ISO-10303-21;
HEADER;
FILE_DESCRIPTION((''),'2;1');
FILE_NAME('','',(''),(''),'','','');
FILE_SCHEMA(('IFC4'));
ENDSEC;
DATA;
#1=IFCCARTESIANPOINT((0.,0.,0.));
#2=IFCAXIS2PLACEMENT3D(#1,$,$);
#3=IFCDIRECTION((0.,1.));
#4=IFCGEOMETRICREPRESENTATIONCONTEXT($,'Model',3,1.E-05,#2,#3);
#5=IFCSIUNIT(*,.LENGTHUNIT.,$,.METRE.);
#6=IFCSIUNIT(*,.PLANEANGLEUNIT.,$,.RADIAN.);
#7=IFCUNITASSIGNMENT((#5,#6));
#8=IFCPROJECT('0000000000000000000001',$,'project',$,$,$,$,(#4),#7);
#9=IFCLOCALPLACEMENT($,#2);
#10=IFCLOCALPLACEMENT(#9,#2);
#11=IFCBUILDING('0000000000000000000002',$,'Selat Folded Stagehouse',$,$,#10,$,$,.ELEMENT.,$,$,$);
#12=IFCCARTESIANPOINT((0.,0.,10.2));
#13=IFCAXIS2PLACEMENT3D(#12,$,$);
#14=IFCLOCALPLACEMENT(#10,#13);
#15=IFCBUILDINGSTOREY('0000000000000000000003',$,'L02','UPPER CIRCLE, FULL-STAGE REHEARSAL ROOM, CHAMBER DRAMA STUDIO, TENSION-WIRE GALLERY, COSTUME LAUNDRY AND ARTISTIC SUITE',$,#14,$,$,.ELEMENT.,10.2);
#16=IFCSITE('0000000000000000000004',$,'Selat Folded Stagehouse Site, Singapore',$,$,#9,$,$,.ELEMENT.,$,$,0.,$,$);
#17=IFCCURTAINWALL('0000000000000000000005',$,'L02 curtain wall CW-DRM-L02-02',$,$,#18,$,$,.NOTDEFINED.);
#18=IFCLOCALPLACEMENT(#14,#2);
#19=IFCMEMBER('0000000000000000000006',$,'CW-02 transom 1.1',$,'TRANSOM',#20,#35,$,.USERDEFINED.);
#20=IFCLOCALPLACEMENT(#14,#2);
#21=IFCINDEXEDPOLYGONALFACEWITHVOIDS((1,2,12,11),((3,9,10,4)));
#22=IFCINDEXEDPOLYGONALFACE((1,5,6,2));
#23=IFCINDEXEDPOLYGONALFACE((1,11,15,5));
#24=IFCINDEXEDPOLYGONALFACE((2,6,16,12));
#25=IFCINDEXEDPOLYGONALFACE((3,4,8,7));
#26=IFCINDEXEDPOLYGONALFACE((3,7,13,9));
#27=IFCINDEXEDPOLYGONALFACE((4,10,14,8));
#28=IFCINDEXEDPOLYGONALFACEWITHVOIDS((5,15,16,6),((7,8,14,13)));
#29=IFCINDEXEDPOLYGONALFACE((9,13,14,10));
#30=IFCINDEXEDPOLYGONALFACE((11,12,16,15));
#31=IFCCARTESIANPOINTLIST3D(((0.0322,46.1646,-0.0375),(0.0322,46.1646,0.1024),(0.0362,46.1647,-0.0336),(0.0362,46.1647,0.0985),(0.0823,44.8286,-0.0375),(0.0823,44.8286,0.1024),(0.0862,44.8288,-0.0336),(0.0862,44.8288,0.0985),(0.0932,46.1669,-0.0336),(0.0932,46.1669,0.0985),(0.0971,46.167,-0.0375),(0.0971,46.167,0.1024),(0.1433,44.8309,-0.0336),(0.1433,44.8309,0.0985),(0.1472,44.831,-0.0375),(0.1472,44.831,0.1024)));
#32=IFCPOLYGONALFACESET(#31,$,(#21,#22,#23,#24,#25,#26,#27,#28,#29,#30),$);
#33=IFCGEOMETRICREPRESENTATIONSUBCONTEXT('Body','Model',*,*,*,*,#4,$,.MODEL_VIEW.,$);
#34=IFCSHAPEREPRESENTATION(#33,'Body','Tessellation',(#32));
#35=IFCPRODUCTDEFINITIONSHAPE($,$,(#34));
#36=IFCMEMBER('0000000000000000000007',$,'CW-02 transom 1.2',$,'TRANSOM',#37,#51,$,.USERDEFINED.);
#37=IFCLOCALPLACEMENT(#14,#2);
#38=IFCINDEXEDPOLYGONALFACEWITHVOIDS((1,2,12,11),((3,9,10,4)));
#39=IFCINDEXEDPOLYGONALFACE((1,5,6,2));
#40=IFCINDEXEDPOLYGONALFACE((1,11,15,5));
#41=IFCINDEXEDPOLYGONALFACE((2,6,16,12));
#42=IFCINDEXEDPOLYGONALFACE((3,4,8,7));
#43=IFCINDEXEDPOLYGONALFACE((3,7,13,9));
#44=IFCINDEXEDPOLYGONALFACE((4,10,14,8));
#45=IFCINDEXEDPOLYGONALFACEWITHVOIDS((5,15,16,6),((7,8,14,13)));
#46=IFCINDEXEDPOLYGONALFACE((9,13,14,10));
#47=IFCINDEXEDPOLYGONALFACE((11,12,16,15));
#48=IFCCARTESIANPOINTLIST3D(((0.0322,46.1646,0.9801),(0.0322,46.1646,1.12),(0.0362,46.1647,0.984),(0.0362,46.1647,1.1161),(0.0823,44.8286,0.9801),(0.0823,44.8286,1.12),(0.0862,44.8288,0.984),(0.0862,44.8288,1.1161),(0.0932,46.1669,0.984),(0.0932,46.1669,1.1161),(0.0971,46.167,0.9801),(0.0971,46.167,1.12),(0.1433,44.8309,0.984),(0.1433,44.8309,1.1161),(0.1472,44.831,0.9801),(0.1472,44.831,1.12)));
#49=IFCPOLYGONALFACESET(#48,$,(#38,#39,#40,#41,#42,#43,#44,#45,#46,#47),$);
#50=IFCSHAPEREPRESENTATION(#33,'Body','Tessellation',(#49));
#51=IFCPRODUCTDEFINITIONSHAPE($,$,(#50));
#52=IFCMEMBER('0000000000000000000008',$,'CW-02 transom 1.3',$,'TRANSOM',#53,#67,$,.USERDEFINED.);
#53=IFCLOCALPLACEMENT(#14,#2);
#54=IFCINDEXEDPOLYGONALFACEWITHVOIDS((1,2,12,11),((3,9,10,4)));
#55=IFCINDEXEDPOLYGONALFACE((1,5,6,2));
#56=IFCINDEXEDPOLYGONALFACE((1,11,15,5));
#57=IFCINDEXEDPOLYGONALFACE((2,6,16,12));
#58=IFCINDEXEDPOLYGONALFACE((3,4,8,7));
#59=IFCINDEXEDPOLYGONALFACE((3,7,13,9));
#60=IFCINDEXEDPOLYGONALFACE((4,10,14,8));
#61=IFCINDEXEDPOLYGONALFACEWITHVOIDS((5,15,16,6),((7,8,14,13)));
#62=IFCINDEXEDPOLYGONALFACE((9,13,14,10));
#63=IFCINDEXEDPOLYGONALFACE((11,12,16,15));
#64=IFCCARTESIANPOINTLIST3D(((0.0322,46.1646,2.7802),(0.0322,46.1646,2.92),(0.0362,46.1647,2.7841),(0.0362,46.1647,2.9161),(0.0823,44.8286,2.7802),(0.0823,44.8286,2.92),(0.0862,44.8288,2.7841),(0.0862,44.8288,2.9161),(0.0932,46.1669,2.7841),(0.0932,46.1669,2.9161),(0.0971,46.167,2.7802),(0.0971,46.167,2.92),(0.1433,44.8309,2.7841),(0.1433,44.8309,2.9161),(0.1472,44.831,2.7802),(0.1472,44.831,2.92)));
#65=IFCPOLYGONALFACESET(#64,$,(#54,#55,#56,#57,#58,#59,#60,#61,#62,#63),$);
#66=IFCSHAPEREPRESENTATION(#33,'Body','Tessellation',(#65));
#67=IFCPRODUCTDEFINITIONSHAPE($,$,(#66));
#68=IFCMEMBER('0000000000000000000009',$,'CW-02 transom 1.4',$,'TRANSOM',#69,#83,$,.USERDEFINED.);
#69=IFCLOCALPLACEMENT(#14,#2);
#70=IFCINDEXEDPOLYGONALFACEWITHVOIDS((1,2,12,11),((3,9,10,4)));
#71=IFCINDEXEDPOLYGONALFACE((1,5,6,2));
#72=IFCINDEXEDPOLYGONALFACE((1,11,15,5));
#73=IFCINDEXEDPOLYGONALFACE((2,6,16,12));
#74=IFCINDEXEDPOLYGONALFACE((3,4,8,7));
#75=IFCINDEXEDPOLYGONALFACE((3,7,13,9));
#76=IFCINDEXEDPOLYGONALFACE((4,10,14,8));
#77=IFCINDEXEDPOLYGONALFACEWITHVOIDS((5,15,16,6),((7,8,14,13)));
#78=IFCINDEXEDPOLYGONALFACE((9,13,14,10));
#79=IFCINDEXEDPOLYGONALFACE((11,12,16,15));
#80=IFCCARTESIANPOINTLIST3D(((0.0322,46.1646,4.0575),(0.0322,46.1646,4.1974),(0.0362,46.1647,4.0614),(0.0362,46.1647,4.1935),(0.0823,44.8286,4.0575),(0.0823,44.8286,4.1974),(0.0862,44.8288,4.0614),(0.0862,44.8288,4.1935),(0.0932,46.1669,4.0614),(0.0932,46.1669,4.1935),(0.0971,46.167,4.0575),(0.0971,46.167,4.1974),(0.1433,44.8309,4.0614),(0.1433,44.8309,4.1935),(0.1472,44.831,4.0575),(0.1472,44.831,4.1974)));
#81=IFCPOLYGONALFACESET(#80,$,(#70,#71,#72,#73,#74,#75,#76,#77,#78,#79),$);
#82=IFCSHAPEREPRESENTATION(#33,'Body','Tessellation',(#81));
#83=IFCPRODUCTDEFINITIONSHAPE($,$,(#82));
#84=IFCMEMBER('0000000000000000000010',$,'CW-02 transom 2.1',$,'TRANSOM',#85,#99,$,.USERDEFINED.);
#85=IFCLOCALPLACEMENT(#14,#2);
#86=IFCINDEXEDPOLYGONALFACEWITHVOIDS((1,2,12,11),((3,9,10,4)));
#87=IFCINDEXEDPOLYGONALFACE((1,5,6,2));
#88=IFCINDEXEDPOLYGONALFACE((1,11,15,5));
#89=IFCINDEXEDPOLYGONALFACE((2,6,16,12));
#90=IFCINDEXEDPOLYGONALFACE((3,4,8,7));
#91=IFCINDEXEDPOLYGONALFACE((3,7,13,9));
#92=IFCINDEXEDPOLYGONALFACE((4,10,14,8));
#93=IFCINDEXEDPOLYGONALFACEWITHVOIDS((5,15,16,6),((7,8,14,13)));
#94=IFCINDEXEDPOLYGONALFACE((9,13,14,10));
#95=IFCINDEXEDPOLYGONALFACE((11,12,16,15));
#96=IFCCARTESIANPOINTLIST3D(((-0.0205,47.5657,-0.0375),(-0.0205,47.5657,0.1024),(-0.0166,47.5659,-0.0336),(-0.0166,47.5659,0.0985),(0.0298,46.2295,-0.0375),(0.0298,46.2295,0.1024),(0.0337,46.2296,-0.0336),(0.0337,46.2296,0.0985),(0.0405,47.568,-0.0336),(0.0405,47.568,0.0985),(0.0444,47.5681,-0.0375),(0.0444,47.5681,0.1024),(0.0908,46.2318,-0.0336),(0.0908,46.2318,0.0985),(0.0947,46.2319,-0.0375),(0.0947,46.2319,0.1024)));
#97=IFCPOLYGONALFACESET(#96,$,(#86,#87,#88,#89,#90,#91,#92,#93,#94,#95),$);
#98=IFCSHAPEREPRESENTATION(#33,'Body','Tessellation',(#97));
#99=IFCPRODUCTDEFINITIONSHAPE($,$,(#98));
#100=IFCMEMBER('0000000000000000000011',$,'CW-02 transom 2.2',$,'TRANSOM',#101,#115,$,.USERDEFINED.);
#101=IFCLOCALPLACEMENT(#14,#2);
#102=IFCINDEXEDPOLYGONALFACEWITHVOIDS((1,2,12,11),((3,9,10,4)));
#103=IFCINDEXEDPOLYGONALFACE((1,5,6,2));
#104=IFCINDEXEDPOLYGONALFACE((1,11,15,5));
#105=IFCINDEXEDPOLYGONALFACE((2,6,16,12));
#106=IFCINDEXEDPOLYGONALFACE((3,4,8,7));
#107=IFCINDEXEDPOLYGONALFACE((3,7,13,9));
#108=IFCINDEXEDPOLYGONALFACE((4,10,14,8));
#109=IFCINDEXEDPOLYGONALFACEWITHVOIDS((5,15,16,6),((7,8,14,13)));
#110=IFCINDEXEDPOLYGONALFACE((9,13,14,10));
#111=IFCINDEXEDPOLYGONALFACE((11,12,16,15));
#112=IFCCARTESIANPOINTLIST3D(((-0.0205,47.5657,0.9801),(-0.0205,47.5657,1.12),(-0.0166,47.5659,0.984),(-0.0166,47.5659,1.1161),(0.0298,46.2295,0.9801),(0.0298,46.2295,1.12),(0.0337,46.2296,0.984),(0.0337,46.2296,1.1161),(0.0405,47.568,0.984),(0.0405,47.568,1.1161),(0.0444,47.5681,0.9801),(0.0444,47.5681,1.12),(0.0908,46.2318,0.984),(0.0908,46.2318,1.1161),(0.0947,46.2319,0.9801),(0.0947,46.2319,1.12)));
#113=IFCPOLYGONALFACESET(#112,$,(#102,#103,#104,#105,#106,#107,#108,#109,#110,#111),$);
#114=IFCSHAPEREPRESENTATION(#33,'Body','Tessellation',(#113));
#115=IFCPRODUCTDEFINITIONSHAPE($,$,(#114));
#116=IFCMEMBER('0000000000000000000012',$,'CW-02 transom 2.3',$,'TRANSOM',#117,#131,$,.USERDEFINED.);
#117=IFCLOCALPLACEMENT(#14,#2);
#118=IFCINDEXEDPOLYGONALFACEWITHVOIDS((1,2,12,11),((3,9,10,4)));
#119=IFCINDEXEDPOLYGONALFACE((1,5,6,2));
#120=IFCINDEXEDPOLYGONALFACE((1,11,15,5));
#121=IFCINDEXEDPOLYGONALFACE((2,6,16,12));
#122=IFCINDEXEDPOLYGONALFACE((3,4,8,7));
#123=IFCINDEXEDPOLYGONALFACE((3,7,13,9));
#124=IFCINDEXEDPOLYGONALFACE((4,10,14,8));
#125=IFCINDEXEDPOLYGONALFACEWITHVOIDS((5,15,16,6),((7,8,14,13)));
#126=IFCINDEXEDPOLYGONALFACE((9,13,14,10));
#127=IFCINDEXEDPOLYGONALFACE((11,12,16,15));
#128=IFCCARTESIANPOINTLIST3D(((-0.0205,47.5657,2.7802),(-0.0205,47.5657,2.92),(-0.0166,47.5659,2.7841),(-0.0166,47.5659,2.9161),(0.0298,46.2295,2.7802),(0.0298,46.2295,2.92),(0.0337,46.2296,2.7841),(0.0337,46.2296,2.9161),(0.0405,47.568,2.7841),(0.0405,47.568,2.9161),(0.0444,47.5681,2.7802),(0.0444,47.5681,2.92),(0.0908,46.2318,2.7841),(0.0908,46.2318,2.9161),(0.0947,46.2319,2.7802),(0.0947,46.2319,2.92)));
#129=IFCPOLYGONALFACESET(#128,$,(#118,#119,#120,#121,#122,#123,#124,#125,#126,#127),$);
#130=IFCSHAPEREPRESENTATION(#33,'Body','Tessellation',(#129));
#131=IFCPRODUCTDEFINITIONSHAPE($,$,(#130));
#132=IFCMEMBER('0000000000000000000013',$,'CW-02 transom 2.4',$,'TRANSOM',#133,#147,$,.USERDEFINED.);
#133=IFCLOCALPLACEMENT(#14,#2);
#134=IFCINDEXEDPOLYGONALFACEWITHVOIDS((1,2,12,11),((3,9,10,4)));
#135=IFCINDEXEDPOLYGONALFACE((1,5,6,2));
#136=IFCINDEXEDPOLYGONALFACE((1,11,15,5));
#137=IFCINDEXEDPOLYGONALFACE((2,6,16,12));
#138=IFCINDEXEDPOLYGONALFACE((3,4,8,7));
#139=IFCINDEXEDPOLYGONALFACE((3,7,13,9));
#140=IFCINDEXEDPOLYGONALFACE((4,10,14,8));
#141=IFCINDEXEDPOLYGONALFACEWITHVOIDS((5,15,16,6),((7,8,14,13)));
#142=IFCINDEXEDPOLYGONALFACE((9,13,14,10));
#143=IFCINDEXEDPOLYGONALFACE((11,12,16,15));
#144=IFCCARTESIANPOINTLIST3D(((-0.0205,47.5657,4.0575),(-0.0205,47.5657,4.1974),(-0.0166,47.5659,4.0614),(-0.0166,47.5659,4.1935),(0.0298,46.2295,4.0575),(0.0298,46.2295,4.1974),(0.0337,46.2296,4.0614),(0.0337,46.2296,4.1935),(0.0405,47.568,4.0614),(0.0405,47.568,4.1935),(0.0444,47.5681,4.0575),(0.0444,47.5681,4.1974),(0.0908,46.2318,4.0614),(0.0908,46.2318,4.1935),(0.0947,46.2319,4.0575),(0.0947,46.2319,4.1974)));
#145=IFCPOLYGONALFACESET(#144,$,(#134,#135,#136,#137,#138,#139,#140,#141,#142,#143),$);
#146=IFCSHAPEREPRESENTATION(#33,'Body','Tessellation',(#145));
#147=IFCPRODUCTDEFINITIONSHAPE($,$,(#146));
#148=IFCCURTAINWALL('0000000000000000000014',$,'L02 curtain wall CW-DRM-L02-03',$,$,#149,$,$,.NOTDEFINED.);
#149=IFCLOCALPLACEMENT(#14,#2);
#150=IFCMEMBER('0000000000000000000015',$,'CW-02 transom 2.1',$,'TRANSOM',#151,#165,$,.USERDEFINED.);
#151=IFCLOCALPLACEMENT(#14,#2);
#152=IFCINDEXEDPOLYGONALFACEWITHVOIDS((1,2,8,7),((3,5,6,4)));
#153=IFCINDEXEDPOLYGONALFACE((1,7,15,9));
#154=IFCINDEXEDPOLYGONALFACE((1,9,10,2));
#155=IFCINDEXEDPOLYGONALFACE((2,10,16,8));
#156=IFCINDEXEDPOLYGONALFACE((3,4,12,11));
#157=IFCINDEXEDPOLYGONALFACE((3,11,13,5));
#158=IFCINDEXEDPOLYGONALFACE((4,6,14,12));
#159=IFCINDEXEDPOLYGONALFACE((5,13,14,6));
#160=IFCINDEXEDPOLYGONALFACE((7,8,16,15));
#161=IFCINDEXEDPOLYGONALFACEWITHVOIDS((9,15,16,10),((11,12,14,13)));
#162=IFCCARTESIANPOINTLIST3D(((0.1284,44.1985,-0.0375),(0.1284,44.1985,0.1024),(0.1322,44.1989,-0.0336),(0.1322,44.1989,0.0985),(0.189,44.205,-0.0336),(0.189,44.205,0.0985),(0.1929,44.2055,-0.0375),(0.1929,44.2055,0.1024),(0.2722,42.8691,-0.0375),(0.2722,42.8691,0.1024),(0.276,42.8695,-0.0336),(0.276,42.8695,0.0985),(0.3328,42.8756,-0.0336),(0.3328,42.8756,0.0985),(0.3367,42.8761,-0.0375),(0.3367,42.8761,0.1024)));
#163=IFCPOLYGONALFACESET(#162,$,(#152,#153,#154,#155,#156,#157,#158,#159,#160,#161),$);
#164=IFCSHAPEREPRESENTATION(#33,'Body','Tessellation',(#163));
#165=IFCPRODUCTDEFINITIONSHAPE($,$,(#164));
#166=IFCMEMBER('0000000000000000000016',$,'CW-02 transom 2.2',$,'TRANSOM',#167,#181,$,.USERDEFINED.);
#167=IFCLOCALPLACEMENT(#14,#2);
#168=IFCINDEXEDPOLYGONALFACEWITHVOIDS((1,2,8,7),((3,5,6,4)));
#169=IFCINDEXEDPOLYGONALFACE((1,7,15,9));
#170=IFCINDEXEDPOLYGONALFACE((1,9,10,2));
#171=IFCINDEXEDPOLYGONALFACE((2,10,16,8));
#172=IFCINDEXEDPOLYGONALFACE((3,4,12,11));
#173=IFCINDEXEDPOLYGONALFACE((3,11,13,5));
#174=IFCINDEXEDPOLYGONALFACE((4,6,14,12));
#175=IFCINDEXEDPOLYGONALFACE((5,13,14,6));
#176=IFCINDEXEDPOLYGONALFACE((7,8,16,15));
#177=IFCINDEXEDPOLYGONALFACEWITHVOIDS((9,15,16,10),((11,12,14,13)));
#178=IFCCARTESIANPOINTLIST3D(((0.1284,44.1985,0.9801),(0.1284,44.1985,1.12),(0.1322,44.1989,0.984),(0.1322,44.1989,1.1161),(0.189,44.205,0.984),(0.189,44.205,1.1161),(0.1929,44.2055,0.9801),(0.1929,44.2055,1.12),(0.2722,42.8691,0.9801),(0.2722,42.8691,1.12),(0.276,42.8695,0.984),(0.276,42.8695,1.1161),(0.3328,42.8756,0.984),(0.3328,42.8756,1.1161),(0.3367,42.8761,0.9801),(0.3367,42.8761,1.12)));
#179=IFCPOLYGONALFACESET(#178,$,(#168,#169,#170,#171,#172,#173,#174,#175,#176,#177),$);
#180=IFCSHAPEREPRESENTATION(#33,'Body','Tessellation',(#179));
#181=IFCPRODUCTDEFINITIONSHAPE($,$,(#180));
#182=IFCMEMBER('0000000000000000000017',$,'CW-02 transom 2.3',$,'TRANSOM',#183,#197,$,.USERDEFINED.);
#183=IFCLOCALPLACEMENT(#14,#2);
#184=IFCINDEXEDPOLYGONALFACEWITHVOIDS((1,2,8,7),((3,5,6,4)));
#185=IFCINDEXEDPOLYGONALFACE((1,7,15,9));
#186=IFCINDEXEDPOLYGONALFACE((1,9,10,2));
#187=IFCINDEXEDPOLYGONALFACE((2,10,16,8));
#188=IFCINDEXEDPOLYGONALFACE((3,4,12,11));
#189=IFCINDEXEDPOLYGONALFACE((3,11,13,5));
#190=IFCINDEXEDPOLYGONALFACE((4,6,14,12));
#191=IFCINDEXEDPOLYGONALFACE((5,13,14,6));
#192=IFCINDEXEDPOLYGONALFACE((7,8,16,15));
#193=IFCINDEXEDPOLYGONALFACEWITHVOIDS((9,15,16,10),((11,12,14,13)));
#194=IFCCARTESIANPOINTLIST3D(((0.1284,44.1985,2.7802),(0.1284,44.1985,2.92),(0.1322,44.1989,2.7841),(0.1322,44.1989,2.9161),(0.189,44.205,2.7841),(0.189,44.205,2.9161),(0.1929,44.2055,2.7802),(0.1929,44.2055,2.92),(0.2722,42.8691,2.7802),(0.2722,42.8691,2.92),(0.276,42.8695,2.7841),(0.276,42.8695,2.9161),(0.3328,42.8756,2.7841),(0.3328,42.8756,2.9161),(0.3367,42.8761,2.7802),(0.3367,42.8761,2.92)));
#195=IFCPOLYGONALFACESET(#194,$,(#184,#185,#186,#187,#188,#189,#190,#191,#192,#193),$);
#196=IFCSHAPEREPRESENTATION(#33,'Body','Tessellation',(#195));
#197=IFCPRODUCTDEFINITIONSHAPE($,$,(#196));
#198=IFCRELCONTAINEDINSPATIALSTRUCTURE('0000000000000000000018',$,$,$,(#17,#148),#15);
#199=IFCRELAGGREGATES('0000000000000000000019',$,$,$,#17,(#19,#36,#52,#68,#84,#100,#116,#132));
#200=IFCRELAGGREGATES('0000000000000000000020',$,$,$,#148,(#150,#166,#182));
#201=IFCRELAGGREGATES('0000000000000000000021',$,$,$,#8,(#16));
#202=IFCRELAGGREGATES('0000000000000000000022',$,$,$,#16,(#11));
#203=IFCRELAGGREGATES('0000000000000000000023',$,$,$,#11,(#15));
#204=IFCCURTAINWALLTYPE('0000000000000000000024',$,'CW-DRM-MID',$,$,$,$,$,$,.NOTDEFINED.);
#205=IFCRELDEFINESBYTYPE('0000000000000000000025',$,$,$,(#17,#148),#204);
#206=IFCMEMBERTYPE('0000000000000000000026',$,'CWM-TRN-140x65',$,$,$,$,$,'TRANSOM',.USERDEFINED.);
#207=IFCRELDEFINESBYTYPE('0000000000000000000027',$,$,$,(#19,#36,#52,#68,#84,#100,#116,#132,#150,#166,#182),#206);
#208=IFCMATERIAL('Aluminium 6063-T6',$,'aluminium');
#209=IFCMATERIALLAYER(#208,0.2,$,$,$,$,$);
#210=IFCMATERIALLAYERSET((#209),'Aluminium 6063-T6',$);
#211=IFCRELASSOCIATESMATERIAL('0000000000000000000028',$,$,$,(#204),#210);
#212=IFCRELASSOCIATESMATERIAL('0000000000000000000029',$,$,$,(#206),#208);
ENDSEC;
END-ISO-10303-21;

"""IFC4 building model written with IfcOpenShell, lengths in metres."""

from ifc_helpers import new_model, si_unit, direction, frame, origin, origin_2d, place, context, subcontext, project, spatial, hollow_rectangle, extrude, material, layer, layer_set, material_profile, profile_set, type_object, element, aggregate, save


model = new_model("IFC4")

# Units and contexts
model_context = context("Model", 3, precision=1e-05, world=origin(), true_north=direction((0.0, 1.0)))
body_context = subcontext(model_context, "Body", "Model", "MODEL_VIEW")
ifc_project = project(units=[si_unit("LENGTHUNIT", "METRE"), si_unit("PLANEANGLEUNIT", "RADIAN")], contexts=[model_context])

# Site, building, storey
site_placement = place(None, origin())
site = spatial("IfcSite", under=ifc_project, at=site_placement, Name="Selat Folded Stagehouse Site, Singapore", CompositionType="ELEMENT", RefElevation=0.0)
building_placement = place(site_placement, origin())
building = spatial("IfcBuilding", under=site, at=building_placement, Name="Selat Folded Stagehouse", CompositionType="ELEMENT")
storey_placement = place(building_placement, frame((0.0, 0.0, 10.2)))
storey = spatial("IfcBuildingStorey", under=building, at=storey_placement, Name="L02", Description="UPPER CIRCLE, FULL-STAGE REHEARSAL ROOM, CHAMBER DRAMA STUDIO, TENSION-WIRE GALLERY, COSTUME LAUNDRY AND ARTISTIC SUITE", CompositionType="ELEMENT", Elevation=10.2)

# Curtain walls, members
ifc_material_1 = material(Name="Aluminium 6063-T6", Category="aluminium")
ifc_layer_1 = layer(ifc_material_1, 0.2)
ifc_layer_set_1 = layer_set([ifc_layer_1], Name="Aluminium 6063-T6")
curtain_wall_type = type_object("IfcCurtainWallType", Name="CW-DRM-MID", PredefinedType="NOTDEFINED", material=ifc_layer_set_1)
curtain_wall_1_placement = place(storey_placement, origin())
curtain_wall_1 = element("IfcCurtainWall", 1, at=curtain_wall_1_placement, inside=storey, type_object=curtain_wall_type, Name="L02 curtain wall CW-DRM-L02-02", PredefinedType="NOTDEFINED")
ifc_material_profile_1 = material_profile(ifc_material_1, hollow_rectangle(XDim=0.0649, YDim=0.1399, WallThickness=0.0039, at=origin_2d()), Name="ALU 140x65x4.0")
ifc_profile_set_1 = profile_set([ifc_material_profile_1], Name="Aluminium 6063-T6")
member_type = type_object("IfcMemberType", Name="CWM-TRN-140x65", ElementType="TRANSOM", PredefinedType="USERDEFINED", material=ifc_profile_set_1)
member_1_placement = place(storey_placement, frame((0.1147, 44.8298, 0.0325), z_axis=(-0.037437, 0.999299, 0.0), x_axis=(-0.999299, -0.037437, 0.0)))
member_1 = element("IfcMember", 2, at=member_1_placement, type_object=member_type, Name="CW-02 transom 1.1", ObjectType="TRANSOM", PredefinedType="USERDEFINED", context=body_context, shape_type="SweptSolid", body=[
    extrude(hollow_rectangle(XDim=0.0649, YDim=0.1399, WallThickness=0.0039, at=origin_2d()), origin(), (0.0, 0.0, 1.0), 1.3369),
])
member_2_placement = place(storey_placement, frame((0.1147, 44.8298, 1.05), z_axis=(-0.037437, 0.999299, 0.0), x_axis=(-0.999299, -0.037437, 0.0)))
member_2 = element("IfcMember", 3, at=member_2_placement, type_object=member_type, Name="CW-02 transom 1.2", ObjectType="TRANSOM", PredefinedType="USERDEFINED", context=body_context, shape_type="SweptSolid", body=[
    extrude(hollow_rectangle(XDim=0.0649, YDim=0.1399, WallThickness=0.0039, at=origin_2d()), origin(), (0.0, 0.0, 1.0), 1.3369),
])
member_3_placement = place(storey_placement, frame((0.1147, 44.8298, 2.8501), z_axis=(-0.037437, 0.999299, 0.0), x_axis=(-0.999299, -0.037437, 0.0)))
member_3 = element("IfcMember", 4, at=member_3_placement, type_object=member_type, Name="CW-02 transom 1.3", ObjectType="TRANSOM", PredefinedType="USERDEFINED", context=body_context, shape_type="SweptSolid", body=[
    extrude(hollow_rectangle(XDim=0.0649, YDim=0.1399, WallThickness=0.0039, at=origin_2d()), origin(), (0.0, 0.0, 1.0), 1.3369),
])
member_4_placement = place(storey_placement, frame((0.1147, 44.8298, 4.1274), z_axis=(-0.037437, 0.999299, 0.0), x_axis=(-0.999299, -0.037437, 0.0)))
member_4 = element("IfcMember", 5, at=member_4_placement, type_object=member_type, Name="CW-02 transom 1.4", ObjectType="TRANSOM", PredefinedType="USERDEFINED", context=body_context, shape_type="SweptSolid", body=[
    extrude(hollow_rectangle(XDim=0.0649, YDim=0.1399, WallThickness=0.0039, at=origin_2d()), origin(), (0.0, 0.0, 1.0), 1.3369),
])
member_5_placement = place(storey_placement, frame((0.0623, 46.2307, 0.0325), z_axis=(-0.037613, 0.999292, 0.0), x_axis=(-0.999292, -0.037613, 0.0)))
member_5 = element("IfcMember", 6, at=member_5_placement, type_object=member_type, Name="CW-02 transom 2.1", ObjectType="TRANSOM", PredefinedType="USERDEFINED", context=body_context, shape_type="SweptSolid", body=[
    extrude(hollow_rectangle(XDim=0.0649, YDim=0.1399, WallThickness=0.0039, at=origin_2d()), origin(), (0.0, 0.0, 1.0), 1.3372),
])
member_6_placement = place(storey_placement, frame((0.0623, 46.2307, 1.05), z_axis=(-0.037613, 0.999292, 0.0), x_axis=(-0.999292, -0.037613, 0.0)))
member_6 = element("IfcMember", 7, at=member_6_placement, type_object=member_type, Name="CW-02 transom 2.2", ObjectType="TRANSOM", PredefinedType="USERDEFINED", context=body_context, shape_type="SweptSolid", body=[
    extrude(hollow_rectangle(XDim=0.0649, YDim=0.1399, WallThickness=0.0039, at=origin_2d()), origin(), (0.0, 0.0, 1.0), 1.3372),
])
member_7_placement = place(storey_placement, frame((0.0623, 46.2307, 2.8501), z_axis=(-0.037613, 0.999292, 0.0), x_axis=(-0.999292, -0.037613, 0.0)))
member_7 = element("IfcMember", 8, at=member_7_placement, type_object=member_type, Name="CW-02 transom 2.3", ObjectType="TRANSOM", PredefinedType="USERDEFINED", context=body_context, shape_type="SweptSolid", body=[
    extrude(hollow_rectangle(XDim=0.0649, YDim=0.1399, WallThickness=0.0039, at=origin_2d()), origin(), (0.0, 0.0, 1.0), 1.3372),
])
member_8_placement = place(storey_placement, frame((0.0623, 46.2307, 4.1274), z_axis=(-0.037613, 0.999292, 0.0), x_axis=(-0.999292, -0.037613, 0.0)))
member_8 = element("IfcMember", 9, at=member_8_placement, type_object=member_type, Name="CW-02 transom 2.4", ObjectType="TRANSOM", PredefinedType="USERDEFINED", context=body_context, shape_type="SweptSolid", body=[
    extrude(hollow_rectangle(XDim=0.0649, YDim=0.1399, WallThickness=0.0039, at=origin_2d()), origin(), (0.0, 0.0, 1.0), 1.3372),
])
curtain_wall_2_placement = place(storey_placement, origin())
curtain_wall_2 = element("IfcCurtainWall", 10, at=curtain_wall_2_placement, inside=storey, type_object=curtain_wall_type, Name="L02 curtain wall CW-DRM-L02-03", PredefinedType="NOTDEFINED")
member_9_placement = place(storey_placement, frame((0.3044, 42.8726, 0.0325), z_axis=(-0.107545, 0.9942, 0.0), x_axis=(-0.9942, -0.107545, 0.0)))
member_9 = element("IfcMember", 11, at=member_9_placement, type_object=member_type, Name="CW-02 transom 2.1", ObjectType="TRANSOM", PredefinedType="USERDEFINED", context=body_context, shape_type="SweptSolid", body=[
    extrude(hollow_rectangle(XDim=0.0649, YDim=0.1399, WallThickness=0.0039, at=origin_2d()), origin(), (0.0, 0.0, 1.0), 1.3372),
])
member_10_placement = place(storey_placement, frame((0.3044, 42.8726, 1.05), z_axis=(-0.107545, 0.9942, 0.0), x_axis=(-0.9942, -0.107545, 0.0)))
member_10 = element("IfcMember", 12, at=member_10_placement, type_object=member_type, Name="CW-02 transom 2.2", ObjectType="TRANSOM", PredefinedType="USERDEFINED", context=body_context, shape_type="SweptSolid", body=[
    extrude(hollow_rectangle(XDim=0.0649, YDim=0.1399, WallThickness=0.0039, at=origin_2d()), origin(), (0.0, 0.0, 1.0), 1.3372),
])
member_11_placement = place(storey_placement, frame((0.3044, 42.8726, 2.8501), z_axis=(-0.107545, 0.9942, 0.0), x_axis=(-0.9942, -0.107545, 0.0)))
member_11 = element("IfcMember", 13, at=member_11_placement, type_object=member_type, Name="CW-02 transom 2.3", ObjectType="TRANSOM", PredefinedType="USERDEFINED", context=body_context, shape_type="SweptSolid", body=[
    extrude(hollow_rectangle(XDim=0.0649, YDim=0.1399, WallThickness=0.0039, at=origin_2d()), origin(), (0.0, 0.0, 1.0), 1.3372),
])

aggregate(curtain_wall_1, [member_1, member_2, member_3, member_4, member_5, member_6, member_7, member_8])
aggregate(curtain_wall_2, [member_9, member_10, member_11])

save(model, "model.ifc")
